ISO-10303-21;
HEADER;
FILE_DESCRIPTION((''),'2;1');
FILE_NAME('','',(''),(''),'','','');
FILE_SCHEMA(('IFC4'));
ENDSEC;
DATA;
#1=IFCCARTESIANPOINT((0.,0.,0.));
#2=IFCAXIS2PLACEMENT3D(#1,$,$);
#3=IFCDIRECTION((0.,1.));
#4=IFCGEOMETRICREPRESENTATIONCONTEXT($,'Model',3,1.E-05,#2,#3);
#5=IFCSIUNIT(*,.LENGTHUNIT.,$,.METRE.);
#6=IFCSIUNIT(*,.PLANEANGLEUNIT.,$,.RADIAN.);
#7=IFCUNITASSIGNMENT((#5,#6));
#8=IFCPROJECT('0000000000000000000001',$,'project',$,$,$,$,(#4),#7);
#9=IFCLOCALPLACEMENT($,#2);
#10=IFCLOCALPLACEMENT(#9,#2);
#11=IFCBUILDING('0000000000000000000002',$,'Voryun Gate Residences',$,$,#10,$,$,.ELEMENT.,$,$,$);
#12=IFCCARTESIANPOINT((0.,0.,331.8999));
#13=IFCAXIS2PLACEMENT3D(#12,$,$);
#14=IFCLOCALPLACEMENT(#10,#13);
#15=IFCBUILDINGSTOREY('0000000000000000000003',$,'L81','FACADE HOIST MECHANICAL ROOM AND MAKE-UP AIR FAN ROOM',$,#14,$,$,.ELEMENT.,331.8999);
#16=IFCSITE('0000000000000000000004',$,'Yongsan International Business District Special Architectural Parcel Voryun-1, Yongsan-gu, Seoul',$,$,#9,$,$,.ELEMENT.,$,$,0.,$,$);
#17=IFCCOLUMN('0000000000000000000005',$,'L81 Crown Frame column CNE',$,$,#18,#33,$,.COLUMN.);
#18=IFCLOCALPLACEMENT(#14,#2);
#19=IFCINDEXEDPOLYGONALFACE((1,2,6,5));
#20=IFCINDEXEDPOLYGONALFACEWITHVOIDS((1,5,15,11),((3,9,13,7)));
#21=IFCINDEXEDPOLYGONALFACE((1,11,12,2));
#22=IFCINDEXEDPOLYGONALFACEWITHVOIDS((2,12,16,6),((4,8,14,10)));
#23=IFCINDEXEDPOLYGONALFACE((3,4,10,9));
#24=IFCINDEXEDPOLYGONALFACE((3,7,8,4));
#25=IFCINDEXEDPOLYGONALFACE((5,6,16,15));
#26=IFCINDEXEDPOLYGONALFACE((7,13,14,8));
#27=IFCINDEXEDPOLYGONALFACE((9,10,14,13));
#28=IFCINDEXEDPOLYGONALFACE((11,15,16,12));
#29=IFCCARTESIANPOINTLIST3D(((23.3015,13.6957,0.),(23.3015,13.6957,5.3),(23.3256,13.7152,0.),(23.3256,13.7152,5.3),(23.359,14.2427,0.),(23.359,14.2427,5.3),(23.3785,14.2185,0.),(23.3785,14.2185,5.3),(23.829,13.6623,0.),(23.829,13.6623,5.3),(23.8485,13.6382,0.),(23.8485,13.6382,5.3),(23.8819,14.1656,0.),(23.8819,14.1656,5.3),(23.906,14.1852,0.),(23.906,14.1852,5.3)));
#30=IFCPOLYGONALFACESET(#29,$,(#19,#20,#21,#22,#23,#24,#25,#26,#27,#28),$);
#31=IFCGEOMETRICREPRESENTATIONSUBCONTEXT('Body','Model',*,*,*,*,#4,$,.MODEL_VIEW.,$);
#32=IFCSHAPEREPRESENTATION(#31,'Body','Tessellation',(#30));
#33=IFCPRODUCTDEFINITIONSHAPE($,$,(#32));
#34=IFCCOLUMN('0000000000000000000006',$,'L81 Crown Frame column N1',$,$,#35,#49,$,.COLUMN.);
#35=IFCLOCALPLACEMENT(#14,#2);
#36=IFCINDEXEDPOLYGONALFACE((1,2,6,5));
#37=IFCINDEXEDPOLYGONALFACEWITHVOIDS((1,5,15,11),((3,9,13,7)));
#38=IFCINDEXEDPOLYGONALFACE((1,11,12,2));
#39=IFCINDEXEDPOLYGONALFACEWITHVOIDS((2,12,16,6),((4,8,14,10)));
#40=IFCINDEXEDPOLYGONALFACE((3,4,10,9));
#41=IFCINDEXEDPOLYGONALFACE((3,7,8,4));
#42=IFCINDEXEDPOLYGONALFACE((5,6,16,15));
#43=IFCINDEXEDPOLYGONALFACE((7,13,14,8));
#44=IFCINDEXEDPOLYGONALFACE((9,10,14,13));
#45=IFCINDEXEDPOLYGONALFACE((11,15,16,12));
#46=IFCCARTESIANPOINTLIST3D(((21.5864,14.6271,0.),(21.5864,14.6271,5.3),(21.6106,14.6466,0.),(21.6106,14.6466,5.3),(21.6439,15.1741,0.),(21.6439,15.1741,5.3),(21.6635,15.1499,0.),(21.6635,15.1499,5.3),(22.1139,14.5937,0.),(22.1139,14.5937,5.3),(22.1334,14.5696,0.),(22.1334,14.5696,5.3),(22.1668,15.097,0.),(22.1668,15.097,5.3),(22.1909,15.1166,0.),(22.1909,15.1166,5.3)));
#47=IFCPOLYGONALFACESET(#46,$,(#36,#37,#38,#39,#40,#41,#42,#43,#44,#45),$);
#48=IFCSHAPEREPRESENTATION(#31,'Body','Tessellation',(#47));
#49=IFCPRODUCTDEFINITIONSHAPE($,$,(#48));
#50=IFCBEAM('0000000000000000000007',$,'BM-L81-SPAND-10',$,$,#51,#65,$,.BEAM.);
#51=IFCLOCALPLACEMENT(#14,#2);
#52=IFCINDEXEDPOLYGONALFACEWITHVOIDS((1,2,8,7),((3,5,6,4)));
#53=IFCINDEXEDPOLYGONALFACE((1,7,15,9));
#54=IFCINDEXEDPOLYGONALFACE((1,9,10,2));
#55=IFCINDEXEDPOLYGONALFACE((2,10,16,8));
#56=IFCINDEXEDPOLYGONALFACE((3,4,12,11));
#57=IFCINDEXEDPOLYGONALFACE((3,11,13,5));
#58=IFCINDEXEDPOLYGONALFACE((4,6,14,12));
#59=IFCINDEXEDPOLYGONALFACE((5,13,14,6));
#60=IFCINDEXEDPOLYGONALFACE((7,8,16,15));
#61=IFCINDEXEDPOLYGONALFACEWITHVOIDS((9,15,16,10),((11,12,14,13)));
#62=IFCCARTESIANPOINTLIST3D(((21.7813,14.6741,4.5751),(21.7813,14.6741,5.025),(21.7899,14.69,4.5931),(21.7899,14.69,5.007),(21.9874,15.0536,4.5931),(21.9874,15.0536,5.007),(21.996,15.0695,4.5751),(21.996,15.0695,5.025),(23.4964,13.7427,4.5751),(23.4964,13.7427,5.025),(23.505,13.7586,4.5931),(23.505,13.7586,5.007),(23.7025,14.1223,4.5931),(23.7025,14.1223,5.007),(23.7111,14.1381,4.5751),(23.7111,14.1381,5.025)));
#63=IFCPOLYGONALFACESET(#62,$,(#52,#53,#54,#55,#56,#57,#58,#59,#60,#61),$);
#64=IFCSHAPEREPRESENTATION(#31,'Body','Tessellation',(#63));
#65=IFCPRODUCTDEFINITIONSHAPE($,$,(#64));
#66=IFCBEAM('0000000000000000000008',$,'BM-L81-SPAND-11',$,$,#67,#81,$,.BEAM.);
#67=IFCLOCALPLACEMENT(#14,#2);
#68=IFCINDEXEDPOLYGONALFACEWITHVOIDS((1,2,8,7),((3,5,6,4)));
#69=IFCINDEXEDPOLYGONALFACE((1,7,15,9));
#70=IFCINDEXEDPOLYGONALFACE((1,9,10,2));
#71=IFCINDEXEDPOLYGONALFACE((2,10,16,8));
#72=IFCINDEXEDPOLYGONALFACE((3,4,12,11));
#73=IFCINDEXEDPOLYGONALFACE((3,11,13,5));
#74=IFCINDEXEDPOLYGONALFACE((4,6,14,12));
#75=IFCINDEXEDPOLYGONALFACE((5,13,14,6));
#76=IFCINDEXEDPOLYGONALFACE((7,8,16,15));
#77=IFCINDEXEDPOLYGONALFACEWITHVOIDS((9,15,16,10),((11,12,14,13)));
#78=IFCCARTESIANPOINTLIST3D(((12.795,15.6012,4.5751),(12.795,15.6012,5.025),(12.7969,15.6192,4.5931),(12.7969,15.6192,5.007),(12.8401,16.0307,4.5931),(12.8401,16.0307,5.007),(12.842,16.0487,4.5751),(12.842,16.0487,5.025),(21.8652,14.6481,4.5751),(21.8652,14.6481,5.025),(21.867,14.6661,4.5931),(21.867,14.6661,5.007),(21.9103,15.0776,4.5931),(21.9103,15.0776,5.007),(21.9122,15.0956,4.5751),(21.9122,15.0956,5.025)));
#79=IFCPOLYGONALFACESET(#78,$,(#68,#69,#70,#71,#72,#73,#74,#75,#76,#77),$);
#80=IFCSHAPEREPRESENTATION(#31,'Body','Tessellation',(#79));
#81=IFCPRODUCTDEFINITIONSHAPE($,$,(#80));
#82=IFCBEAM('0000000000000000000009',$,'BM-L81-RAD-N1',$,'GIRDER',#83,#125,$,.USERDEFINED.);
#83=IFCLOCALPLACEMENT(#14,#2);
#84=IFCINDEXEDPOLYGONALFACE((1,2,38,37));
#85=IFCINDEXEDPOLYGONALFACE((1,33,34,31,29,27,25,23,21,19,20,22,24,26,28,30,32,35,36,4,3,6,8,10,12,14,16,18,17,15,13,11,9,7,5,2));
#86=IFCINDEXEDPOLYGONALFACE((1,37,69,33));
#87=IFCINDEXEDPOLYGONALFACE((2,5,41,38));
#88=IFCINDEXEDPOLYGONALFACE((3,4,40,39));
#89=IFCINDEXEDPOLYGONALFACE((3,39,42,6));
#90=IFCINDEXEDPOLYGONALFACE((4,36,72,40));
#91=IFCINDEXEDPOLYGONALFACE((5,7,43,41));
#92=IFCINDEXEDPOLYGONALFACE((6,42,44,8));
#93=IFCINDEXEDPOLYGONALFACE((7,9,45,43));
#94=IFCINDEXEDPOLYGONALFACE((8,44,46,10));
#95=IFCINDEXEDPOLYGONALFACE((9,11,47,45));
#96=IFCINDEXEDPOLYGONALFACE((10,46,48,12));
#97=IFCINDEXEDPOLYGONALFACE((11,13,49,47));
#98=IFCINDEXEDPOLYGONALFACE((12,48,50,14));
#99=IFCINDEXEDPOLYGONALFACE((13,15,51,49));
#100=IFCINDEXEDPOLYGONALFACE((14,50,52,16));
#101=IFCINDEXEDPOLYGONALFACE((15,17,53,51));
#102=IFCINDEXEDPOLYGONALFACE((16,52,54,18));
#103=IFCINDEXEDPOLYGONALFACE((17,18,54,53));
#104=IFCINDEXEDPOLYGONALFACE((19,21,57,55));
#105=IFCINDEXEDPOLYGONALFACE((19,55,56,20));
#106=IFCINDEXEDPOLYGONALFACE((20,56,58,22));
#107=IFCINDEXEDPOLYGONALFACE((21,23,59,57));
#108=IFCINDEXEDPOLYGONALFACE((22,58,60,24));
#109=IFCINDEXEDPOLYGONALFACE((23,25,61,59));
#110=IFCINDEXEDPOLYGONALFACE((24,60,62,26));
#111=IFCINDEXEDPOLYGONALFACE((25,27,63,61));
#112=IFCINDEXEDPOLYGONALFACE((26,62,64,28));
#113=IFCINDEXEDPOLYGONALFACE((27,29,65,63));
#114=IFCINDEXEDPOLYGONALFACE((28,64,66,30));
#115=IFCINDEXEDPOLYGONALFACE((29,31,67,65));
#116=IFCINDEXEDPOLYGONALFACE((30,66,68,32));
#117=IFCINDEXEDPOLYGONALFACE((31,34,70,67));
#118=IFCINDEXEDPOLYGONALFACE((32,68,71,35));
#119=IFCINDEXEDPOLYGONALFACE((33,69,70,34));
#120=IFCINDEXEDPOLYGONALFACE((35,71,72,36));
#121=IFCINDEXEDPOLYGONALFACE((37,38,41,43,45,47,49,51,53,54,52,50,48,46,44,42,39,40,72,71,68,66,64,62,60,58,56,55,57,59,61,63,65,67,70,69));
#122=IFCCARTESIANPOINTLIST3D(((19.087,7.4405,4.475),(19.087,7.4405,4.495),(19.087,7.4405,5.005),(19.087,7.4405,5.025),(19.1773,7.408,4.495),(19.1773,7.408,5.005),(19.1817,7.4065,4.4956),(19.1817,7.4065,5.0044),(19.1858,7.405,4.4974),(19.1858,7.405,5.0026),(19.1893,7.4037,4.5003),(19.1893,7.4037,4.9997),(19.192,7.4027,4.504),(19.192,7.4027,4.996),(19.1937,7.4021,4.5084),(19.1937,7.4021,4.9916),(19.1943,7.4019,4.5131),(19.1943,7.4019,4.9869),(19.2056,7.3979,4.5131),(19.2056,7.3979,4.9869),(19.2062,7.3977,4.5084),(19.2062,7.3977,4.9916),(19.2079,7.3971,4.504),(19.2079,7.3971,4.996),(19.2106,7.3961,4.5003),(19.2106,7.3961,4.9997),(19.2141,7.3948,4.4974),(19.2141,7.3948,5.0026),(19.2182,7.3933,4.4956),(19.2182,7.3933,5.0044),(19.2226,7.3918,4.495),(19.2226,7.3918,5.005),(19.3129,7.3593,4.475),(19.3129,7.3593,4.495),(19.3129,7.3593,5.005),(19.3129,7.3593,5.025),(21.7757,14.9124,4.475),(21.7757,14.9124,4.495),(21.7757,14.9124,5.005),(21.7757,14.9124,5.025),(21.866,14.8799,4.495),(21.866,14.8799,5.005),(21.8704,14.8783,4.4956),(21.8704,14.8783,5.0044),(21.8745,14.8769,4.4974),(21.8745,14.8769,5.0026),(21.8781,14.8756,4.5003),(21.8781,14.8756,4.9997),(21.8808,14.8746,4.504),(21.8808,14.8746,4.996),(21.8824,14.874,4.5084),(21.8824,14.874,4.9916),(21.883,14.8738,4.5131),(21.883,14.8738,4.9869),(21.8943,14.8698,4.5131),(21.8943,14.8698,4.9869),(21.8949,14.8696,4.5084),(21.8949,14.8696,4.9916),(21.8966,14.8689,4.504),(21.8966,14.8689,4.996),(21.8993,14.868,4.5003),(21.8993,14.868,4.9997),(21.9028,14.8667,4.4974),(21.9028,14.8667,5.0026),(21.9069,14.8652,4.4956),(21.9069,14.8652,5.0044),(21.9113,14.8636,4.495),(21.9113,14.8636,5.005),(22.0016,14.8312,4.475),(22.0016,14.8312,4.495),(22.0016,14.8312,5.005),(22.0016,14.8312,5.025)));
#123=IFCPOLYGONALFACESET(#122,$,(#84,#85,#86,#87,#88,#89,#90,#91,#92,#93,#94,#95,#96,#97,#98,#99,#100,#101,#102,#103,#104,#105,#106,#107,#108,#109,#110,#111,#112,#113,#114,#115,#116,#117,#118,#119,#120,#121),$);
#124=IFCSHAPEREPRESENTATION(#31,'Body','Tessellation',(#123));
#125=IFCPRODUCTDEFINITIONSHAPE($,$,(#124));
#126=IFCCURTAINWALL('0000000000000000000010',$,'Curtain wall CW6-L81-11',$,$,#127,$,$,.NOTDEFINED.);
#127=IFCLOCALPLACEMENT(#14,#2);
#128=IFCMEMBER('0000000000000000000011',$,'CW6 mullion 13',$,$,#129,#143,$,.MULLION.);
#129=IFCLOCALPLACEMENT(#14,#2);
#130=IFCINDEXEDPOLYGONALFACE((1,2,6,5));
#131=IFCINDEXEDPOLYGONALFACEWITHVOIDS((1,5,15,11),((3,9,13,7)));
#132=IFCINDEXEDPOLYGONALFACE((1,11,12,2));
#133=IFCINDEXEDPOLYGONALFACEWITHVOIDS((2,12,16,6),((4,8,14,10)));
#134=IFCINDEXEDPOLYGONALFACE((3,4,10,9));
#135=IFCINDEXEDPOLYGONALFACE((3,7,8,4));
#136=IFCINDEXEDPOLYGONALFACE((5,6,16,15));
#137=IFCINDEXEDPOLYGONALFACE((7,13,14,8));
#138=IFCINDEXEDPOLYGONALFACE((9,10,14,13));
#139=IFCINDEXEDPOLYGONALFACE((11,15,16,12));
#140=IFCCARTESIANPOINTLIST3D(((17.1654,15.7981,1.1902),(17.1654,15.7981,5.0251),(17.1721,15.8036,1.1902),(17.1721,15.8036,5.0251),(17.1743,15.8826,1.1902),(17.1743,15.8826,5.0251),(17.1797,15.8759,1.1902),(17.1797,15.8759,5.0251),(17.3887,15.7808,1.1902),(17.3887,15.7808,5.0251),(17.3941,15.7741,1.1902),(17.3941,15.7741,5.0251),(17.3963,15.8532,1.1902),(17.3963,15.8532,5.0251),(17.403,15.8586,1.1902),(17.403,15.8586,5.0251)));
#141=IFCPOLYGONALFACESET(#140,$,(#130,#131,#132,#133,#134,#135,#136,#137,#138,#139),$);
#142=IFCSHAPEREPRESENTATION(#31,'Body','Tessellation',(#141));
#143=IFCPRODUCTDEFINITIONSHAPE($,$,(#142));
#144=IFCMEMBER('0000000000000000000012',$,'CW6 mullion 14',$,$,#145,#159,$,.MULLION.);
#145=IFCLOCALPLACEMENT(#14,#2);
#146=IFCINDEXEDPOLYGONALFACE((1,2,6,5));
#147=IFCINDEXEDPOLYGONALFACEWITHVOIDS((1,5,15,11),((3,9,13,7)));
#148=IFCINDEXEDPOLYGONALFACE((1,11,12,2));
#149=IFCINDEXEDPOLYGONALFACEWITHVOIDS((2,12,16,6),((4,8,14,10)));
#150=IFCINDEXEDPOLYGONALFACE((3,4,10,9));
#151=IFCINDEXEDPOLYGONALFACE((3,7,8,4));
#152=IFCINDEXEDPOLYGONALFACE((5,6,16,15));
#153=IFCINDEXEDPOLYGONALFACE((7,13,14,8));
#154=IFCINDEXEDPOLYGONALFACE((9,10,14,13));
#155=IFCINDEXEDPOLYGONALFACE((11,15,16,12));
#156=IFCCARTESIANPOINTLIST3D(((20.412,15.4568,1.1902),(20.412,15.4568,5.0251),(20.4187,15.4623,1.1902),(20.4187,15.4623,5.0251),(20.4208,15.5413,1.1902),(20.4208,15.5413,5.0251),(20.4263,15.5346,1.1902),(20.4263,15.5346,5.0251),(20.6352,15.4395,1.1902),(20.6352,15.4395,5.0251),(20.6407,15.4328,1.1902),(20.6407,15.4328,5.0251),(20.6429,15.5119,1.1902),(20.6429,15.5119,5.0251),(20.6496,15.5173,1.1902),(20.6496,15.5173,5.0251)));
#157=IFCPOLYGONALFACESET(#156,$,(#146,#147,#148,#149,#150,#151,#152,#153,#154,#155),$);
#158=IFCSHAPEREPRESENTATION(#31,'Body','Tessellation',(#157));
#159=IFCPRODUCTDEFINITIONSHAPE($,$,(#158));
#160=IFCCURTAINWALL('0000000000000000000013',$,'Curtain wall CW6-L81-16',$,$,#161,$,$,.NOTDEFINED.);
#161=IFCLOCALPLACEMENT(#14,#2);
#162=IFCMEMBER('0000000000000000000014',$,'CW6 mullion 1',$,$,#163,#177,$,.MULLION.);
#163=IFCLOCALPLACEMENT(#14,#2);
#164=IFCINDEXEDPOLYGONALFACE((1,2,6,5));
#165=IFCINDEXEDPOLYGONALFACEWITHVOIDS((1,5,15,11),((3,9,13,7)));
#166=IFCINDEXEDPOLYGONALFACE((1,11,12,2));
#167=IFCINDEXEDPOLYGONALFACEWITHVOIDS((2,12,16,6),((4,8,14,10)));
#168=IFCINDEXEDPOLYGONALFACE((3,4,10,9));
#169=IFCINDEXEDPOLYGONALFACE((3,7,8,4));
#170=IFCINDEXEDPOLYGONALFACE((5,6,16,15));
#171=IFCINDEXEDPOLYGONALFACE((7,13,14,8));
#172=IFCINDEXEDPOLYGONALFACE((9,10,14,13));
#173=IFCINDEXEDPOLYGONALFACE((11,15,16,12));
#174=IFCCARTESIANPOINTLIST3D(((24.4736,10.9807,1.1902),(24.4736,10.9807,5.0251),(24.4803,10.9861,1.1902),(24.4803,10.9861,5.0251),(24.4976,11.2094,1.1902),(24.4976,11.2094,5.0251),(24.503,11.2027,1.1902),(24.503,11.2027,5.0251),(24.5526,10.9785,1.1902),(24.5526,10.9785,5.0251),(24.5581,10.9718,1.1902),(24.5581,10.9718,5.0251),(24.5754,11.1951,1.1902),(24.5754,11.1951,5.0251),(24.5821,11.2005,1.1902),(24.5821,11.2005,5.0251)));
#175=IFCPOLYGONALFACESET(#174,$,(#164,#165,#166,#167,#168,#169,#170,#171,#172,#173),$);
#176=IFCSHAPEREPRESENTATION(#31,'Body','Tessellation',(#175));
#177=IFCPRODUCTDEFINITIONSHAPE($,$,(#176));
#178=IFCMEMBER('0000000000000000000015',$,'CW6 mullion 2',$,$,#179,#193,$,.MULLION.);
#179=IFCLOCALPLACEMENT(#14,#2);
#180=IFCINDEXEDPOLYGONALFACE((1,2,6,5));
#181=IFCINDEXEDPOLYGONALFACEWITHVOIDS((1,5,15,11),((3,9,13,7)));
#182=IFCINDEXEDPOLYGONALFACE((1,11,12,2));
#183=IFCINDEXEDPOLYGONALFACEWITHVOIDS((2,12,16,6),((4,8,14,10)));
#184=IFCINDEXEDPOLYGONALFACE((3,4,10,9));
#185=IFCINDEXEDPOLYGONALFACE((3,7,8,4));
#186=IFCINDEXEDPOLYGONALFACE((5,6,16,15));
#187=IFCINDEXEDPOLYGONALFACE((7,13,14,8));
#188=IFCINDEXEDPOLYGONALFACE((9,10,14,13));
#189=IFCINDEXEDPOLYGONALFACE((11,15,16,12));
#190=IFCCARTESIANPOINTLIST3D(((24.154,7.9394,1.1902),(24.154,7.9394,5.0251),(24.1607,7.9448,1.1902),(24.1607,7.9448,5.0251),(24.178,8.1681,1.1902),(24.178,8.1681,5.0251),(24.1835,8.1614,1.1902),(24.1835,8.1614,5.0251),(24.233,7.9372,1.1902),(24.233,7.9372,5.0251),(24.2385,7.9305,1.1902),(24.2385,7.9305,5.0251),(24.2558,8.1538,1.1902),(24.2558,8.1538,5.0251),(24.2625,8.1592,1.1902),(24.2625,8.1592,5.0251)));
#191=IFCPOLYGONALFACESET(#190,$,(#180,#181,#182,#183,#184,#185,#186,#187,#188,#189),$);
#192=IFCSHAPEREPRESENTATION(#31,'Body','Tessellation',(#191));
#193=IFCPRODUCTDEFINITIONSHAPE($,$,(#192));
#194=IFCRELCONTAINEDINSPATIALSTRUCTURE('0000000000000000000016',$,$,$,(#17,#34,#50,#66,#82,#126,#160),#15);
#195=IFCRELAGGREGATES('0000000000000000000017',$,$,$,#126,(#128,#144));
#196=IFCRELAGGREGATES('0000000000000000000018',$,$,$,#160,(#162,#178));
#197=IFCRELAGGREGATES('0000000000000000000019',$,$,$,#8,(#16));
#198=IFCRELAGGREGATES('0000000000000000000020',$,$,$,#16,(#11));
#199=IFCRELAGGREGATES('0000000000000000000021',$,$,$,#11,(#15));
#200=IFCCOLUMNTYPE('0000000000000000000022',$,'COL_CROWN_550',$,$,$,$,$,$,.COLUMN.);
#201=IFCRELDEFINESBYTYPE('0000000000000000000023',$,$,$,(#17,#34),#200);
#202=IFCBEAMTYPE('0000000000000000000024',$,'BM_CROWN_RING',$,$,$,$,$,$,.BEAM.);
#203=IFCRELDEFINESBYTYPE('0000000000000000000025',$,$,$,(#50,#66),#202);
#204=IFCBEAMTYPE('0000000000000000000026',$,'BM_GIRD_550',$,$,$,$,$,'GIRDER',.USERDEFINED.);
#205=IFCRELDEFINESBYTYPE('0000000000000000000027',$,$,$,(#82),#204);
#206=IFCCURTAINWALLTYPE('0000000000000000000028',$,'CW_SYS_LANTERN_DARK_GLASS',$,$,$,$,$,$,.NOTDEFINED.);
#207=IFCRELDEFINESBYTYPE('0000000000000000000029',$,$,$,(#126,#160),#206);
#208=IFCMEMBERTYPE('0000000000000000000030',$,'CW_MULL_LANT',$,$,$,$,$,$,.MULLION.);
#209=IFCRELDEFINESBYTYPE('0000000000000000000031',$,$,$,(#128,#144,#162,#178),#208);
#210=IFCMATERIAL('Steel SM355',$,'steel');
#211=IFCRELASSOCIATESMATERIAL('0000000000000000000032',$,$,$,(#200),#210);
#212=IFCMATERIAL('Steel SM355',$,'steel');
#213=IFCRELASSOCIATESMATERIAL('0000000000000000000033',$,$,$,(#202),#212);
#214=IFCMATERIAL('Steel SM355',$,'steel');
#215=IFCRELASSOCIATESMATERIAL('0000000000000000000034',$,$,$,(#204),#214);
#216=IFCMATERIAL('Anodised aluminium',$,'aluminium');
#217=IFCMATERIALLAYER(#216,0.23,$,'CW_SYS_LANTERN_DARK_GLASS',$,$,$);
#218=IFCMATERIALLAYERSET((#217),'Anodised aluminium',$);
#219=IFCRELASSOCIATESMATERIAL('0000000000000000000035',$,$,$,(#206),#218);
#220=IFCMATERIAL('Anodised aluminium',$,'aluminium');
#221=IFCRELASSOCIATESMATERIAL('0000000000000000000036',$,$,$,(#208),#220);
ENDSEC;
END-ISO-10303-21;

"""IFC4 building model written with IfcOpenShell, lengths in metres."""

from ifc_helpers import new_model, si_unit, direction, frame, origin, origin_2d, place, context, subcontext, project, spatial, hollow_rectangle, i_section, extrude, material, layer, layer_set, material_profile, profile_set, type_object, element, aggregate, save


model = new_model("IFC4")

# Units and contexts
model_context = context("Model", 3, precision=1e-05, world=origin(), true_north=direction((0.0, 1.0)))
body_context = subcontext(model_context, "Body", "Model", "MODEL_VIEW")
ifc_project = project(units=[si_unit("LENGTHUNIT", "METRE"), si_unit("PLANEANGLEUNIT", "RADIAN")], contexts=[model_context])

# Site, building, storey
site_placement = place(None, origin())
site = spatial("IfcSite", under=ifc_project, at=site_placement, Name="Yongsan International Business District Special Architectural Parcel Voryun-1, Yongsan-gu, Seoul", CompositionType="ELEMENT", RefElevation=0.0)
building_placement = place(site_placement, origin())
building = spatial("IfcBuilding", under=site, at=building_placement, Name="Voryun Gate Residences", CompositionType="ELEMENT")
storey_placement = place(building_placement, frame((0.0, 0.0, 331.8999)))
storey = spatial("IfcBuildingStorey", under=building, at=storey_placement, Name="L81", Description="FACADE HOIST MECHANICAL ROOM AND MAKE-UP AIR FAN ROOM", CompositionType="ELEMENT", Elevation=331.8999)

# Columns
ifc_material_1 = material(Name="Steel SM355", Category="steel")
ifc_material_profile_1 = material_profile(ifc_material_1, hollow_rectangle(XDim=0.55, YDim=0.55, WallThickness=0.022, at=origin_2d()), Name="BOX-550x550x22")
ifc_profile_set_1 = profile_set([ifc_material_profile_1], Name="Steel SM355")
column_type = type_object("IfcColumnType", Name="COL_CROWN_550", PredefinedType="COLUMN", material=ifc_profile_set_1)
for number, where, z_axis, x_axis, name in (
    (1, (23.6038, 13.9404, 0.0), (0.0, 0.0, 1.0), (0.994522, -0.104528, 0.0), "L81 Crown Frame column CNE"),
    (2, (21.8887, 14.8718, 0.0), (0.0, 0.0, 1.0), (0.994522, -0.104528, 0.0), "L81 Crown Frame column N1"),
):
    element("IfcColumn", number, at=place(storey_placement, frame(where, z_axis=z_axis, x_axis=x_axis)), inside=storey, type_object=column_type, Name=name, PredefinedType="COLUMN", context=body_context, shape_type="SweptSolid", body=[
        extrude(hollow_rectangle(XDim=0.55, YDim=0.55, WallThickness=0.022, at=origin_2d()), origin(), (0.0, 0.0, 1.0), 5.3),
    ])

# Beams
ifc_material_2 = material(Name="Steel SM355", Category="steel")
ifc_material_profile_2 = material_profile(ifc_material_2, hollow_rectangle(XDim=0.45, YDim=0.45, WallThickness=0.0181, at=origin_2d()), Name="BOX-450x450x18")
ifc_profile_set_2 = profile_set([ifc_material_profile_2], Name="Steel SM355")
beam_type_1 = type_object("IfcBeamType", Name="BM_CROWN_RING", PredefinedType="BEAM", material=ifc_profile_set_2)
beam_1_placement = place(storey_placement, frame((23.6038, 13.9404, 4.8), z_axis=(-0.878778, 0.47723, 0.0), x_axis=(-0.47723, -0.878778, 0.0)))
element("IfcBeam", 3, at=beam_1_placement, inside=storey, type_object=beam_type_1, Name="BM-L81-SPAND-10", PredefinedType="BEAM", context=body_context, shape_type="SweptSolid", body=[
    extrude(hollow_rectangle(XDim=0.45, YDim=0.45, WallThickness=0.0181, at=origin_2d()), origin(), (0.0, 0.0, 1.0), 1.9517),
])
beam_2_placement = place(storey_placement, frame((21.8887, 14.8718, 4.8), z_axis=(-0.994524, 0.104509, 0.0), x_axis=(-0.104509, -0.994524, 0.0)))
element("IfcBeam", 4, at=beam_2_placement, inside=storey, type_object=beam_type_1, Name="BM-L81-SPAND-11", PredefinedType="BEAM", context=body_context, shape_type="SweptSolid", body=[
    extrude(hollow_rectangle(XDim=0.45, YDim=0.45, WallThickness=0.0181, at=origin_2d()), origin(), (0.0, 0.0, 1.0), 9.1201),
])
ifc_material_3 = material(Name="Steel SM355", Category="steel")
ifc_material_profile_3 = material_profile(ifc_material_3, i_section(OverallWidth=0.24, OverallDepth=0.55, WebThickness=0.012, FlangeThickness=0.02, FilletRadius=0.0181, at=origin_2d()), Name="H-550x240x12x20")
ifc_profile_set_3 = profile_set([ifc_material_profile_3], Name="Steel SM355")
beam_type_2 = type_object("IfcBeamType", Name="BM_GIRD_550", ElementType="GIRDER", PredefinedType="USERDEFINED", material=ifc_profile_set_3)
beam_3_placement = place(storey_placement, frame((19.2, 7.3999, 4.75), z_axis=(0.338589, 0.940934, 0.0), x_axis=(-0.940934, 0.338589, 0.0)))
element("IfcBeam", 5, at=beam_3_placement, inside=storey, type_object=beam_type_2, Name="BM-L81-RAD-N1", ObjectType="GIRDER", PredefinedType="USERDEFINED", context=body_context, shape_type="SweptSolid", body=[
    extrude(i_section(OverallWidth=0.24, OverallDepth=0.55, WebThickness=0.012, FlangeThickness=0.02, FilletRadius=0.0181, at=origin_2d()), origin(), (0.0, 0.0, 1.0), 7.9409),
])

# Curtain walls, members
ifc_material_4 = material(Name="Anodised aluminium", Category="aluminium")
ifc_layer_1 = layer(ifc_material_4, 0.23, Name="CW_SYS_LANTERN_DARK_GLASS")
ifc_layer_set_1 = layer_set([ifc_layer_1], Name="Anodised aluminium")
curtain_wall_type = type_object("IfcCurtainWallType", Name="CW_SYS_LANTERN_DARK_GLASS", PredefinedType="NOTDEFINED", material=ifc_layer_set_1)
curtain_wall_1_placement = place(storey_placement, origin())
curtain_wall_1 = element("IfcCurtainWall", 6, at=curtain_wall_1_placement, inside=storey, type_object=curtain_wall_type, Name="Curtain wall CW6-L81-11", PredefinedType="NOTDEFINED")
ifc_material_5 = material(Name="Anodised aluminium", Category="aluminium")
ifc_material_profile_4 = material_profile(ifc_material_5, hollow_rectangle(XDim=0.085, YDim=0.23, WallThickness=0.0061, at=origin_2d()), Name="ALU-MULL-230x85x6")
ifc_profile_set_4 = profile_set([ifc_material_profile_4], Name="Anodised aluminium")
member_type_1 = type_object("IfcMemberType", Name="CW_MULL_LANT", PredefinedType="MULLION", material=ifc_profile_set_4)
member_1_placement = place(storey_placement, frame((17.2842, 15.8284, 1.1902), z_axis=(0.0, 0.0, 1.0), x_axis=(0.104528, 0.994522, 0.0)))
member_1 = element("IfcMember", 7, at=member_1_placement, type_object=member_type_1, Name="CW6 mullion 13", PredefinedType="MULLION", context=body_context, shape_type="SweptSolid", body=[
    extrude(hollow_rectangle(XDim=0.085, YDim=0.23, WallThickness=0.0061, at=origin_2d()), origin(), (0.0, 0.0, 1.0), 3.835),
])
member_2_placement = place(storey_placement, frame((20.5308, 15.4871, 1.1902), z_axis=(0.0, 0.0, 1.0), x_axis=(0.104528, 0.994522, 0.0)))
member_2 = element("IfcMember", 8, at=member_2_placement, type_object=member_type_1, Name="CW6 mullion 14", PredefinedType="MULLION", context=body_context, shape_type="SweptSolid", body=[
    extrude(hollow_rectangle(XDim=0.085, YDim=0.23, WallThickness=0.0061, at=origin_2d()), origin(), (0.0, 0.0, 1.0), 3.835),
])
curtain_wall_2_placement = place(storey_placement, origin())
curtain_wall_2 = element("IfcCurtainWall", 9, at=curtain_wall_2_placement, inside=storey, type_object=curtain_wall_type, Name="Curtain wall CW6-L81-16", PredefinedType="NOTDEFINED")
member_3_placement = place(storey_placement, frame((24.5278, 11.0906, 1.1902), z_axis=(0.0, 0.0, 1.0), x_axis=(0.994522, -0.104528, 0.0)))
member_3 = element("IfcMember", 10, at=member_3_placement, type_object=member_type_1, Name="CW6 mullion 1", PredefinedType="MULLION", context=body_context, shape_type="SweptSolid", body=[
    extrude(hollow_rectangle(XDim=0.085, YDim=0.23, WallThickness=0.0061, at=origin_2d()), origin(), (0.0, 0.0, 1.0), 3.835),
])
member_4_placement = place(storey_placement, frame((24.2083, 8.0493, 1.1902), z_axis=(0.0, 0.0, 1.0), x_axis=(0.994522, -0.104528, 0.0)))
member_4 = element("IfcMember", 11, at=member_4_placement, type_object=member_type_1, Name="CW6 mullion 2", PredefinedType="MULLION", context=body_context, shape_type="SweptSolid", body=[
    extrude(hollow_rectangle(XDim=0.085, YDim=0.23, WallThickness=0.0061, at=origin_2d()), origin(), (0.0, 0.0, 1.0), 3.835),
])

aggregate(curtain_wall_1, [member_1, member_2])
aggregate(curtain_wall_2, [member_3, member_4])

save(model, "model.ifc")
